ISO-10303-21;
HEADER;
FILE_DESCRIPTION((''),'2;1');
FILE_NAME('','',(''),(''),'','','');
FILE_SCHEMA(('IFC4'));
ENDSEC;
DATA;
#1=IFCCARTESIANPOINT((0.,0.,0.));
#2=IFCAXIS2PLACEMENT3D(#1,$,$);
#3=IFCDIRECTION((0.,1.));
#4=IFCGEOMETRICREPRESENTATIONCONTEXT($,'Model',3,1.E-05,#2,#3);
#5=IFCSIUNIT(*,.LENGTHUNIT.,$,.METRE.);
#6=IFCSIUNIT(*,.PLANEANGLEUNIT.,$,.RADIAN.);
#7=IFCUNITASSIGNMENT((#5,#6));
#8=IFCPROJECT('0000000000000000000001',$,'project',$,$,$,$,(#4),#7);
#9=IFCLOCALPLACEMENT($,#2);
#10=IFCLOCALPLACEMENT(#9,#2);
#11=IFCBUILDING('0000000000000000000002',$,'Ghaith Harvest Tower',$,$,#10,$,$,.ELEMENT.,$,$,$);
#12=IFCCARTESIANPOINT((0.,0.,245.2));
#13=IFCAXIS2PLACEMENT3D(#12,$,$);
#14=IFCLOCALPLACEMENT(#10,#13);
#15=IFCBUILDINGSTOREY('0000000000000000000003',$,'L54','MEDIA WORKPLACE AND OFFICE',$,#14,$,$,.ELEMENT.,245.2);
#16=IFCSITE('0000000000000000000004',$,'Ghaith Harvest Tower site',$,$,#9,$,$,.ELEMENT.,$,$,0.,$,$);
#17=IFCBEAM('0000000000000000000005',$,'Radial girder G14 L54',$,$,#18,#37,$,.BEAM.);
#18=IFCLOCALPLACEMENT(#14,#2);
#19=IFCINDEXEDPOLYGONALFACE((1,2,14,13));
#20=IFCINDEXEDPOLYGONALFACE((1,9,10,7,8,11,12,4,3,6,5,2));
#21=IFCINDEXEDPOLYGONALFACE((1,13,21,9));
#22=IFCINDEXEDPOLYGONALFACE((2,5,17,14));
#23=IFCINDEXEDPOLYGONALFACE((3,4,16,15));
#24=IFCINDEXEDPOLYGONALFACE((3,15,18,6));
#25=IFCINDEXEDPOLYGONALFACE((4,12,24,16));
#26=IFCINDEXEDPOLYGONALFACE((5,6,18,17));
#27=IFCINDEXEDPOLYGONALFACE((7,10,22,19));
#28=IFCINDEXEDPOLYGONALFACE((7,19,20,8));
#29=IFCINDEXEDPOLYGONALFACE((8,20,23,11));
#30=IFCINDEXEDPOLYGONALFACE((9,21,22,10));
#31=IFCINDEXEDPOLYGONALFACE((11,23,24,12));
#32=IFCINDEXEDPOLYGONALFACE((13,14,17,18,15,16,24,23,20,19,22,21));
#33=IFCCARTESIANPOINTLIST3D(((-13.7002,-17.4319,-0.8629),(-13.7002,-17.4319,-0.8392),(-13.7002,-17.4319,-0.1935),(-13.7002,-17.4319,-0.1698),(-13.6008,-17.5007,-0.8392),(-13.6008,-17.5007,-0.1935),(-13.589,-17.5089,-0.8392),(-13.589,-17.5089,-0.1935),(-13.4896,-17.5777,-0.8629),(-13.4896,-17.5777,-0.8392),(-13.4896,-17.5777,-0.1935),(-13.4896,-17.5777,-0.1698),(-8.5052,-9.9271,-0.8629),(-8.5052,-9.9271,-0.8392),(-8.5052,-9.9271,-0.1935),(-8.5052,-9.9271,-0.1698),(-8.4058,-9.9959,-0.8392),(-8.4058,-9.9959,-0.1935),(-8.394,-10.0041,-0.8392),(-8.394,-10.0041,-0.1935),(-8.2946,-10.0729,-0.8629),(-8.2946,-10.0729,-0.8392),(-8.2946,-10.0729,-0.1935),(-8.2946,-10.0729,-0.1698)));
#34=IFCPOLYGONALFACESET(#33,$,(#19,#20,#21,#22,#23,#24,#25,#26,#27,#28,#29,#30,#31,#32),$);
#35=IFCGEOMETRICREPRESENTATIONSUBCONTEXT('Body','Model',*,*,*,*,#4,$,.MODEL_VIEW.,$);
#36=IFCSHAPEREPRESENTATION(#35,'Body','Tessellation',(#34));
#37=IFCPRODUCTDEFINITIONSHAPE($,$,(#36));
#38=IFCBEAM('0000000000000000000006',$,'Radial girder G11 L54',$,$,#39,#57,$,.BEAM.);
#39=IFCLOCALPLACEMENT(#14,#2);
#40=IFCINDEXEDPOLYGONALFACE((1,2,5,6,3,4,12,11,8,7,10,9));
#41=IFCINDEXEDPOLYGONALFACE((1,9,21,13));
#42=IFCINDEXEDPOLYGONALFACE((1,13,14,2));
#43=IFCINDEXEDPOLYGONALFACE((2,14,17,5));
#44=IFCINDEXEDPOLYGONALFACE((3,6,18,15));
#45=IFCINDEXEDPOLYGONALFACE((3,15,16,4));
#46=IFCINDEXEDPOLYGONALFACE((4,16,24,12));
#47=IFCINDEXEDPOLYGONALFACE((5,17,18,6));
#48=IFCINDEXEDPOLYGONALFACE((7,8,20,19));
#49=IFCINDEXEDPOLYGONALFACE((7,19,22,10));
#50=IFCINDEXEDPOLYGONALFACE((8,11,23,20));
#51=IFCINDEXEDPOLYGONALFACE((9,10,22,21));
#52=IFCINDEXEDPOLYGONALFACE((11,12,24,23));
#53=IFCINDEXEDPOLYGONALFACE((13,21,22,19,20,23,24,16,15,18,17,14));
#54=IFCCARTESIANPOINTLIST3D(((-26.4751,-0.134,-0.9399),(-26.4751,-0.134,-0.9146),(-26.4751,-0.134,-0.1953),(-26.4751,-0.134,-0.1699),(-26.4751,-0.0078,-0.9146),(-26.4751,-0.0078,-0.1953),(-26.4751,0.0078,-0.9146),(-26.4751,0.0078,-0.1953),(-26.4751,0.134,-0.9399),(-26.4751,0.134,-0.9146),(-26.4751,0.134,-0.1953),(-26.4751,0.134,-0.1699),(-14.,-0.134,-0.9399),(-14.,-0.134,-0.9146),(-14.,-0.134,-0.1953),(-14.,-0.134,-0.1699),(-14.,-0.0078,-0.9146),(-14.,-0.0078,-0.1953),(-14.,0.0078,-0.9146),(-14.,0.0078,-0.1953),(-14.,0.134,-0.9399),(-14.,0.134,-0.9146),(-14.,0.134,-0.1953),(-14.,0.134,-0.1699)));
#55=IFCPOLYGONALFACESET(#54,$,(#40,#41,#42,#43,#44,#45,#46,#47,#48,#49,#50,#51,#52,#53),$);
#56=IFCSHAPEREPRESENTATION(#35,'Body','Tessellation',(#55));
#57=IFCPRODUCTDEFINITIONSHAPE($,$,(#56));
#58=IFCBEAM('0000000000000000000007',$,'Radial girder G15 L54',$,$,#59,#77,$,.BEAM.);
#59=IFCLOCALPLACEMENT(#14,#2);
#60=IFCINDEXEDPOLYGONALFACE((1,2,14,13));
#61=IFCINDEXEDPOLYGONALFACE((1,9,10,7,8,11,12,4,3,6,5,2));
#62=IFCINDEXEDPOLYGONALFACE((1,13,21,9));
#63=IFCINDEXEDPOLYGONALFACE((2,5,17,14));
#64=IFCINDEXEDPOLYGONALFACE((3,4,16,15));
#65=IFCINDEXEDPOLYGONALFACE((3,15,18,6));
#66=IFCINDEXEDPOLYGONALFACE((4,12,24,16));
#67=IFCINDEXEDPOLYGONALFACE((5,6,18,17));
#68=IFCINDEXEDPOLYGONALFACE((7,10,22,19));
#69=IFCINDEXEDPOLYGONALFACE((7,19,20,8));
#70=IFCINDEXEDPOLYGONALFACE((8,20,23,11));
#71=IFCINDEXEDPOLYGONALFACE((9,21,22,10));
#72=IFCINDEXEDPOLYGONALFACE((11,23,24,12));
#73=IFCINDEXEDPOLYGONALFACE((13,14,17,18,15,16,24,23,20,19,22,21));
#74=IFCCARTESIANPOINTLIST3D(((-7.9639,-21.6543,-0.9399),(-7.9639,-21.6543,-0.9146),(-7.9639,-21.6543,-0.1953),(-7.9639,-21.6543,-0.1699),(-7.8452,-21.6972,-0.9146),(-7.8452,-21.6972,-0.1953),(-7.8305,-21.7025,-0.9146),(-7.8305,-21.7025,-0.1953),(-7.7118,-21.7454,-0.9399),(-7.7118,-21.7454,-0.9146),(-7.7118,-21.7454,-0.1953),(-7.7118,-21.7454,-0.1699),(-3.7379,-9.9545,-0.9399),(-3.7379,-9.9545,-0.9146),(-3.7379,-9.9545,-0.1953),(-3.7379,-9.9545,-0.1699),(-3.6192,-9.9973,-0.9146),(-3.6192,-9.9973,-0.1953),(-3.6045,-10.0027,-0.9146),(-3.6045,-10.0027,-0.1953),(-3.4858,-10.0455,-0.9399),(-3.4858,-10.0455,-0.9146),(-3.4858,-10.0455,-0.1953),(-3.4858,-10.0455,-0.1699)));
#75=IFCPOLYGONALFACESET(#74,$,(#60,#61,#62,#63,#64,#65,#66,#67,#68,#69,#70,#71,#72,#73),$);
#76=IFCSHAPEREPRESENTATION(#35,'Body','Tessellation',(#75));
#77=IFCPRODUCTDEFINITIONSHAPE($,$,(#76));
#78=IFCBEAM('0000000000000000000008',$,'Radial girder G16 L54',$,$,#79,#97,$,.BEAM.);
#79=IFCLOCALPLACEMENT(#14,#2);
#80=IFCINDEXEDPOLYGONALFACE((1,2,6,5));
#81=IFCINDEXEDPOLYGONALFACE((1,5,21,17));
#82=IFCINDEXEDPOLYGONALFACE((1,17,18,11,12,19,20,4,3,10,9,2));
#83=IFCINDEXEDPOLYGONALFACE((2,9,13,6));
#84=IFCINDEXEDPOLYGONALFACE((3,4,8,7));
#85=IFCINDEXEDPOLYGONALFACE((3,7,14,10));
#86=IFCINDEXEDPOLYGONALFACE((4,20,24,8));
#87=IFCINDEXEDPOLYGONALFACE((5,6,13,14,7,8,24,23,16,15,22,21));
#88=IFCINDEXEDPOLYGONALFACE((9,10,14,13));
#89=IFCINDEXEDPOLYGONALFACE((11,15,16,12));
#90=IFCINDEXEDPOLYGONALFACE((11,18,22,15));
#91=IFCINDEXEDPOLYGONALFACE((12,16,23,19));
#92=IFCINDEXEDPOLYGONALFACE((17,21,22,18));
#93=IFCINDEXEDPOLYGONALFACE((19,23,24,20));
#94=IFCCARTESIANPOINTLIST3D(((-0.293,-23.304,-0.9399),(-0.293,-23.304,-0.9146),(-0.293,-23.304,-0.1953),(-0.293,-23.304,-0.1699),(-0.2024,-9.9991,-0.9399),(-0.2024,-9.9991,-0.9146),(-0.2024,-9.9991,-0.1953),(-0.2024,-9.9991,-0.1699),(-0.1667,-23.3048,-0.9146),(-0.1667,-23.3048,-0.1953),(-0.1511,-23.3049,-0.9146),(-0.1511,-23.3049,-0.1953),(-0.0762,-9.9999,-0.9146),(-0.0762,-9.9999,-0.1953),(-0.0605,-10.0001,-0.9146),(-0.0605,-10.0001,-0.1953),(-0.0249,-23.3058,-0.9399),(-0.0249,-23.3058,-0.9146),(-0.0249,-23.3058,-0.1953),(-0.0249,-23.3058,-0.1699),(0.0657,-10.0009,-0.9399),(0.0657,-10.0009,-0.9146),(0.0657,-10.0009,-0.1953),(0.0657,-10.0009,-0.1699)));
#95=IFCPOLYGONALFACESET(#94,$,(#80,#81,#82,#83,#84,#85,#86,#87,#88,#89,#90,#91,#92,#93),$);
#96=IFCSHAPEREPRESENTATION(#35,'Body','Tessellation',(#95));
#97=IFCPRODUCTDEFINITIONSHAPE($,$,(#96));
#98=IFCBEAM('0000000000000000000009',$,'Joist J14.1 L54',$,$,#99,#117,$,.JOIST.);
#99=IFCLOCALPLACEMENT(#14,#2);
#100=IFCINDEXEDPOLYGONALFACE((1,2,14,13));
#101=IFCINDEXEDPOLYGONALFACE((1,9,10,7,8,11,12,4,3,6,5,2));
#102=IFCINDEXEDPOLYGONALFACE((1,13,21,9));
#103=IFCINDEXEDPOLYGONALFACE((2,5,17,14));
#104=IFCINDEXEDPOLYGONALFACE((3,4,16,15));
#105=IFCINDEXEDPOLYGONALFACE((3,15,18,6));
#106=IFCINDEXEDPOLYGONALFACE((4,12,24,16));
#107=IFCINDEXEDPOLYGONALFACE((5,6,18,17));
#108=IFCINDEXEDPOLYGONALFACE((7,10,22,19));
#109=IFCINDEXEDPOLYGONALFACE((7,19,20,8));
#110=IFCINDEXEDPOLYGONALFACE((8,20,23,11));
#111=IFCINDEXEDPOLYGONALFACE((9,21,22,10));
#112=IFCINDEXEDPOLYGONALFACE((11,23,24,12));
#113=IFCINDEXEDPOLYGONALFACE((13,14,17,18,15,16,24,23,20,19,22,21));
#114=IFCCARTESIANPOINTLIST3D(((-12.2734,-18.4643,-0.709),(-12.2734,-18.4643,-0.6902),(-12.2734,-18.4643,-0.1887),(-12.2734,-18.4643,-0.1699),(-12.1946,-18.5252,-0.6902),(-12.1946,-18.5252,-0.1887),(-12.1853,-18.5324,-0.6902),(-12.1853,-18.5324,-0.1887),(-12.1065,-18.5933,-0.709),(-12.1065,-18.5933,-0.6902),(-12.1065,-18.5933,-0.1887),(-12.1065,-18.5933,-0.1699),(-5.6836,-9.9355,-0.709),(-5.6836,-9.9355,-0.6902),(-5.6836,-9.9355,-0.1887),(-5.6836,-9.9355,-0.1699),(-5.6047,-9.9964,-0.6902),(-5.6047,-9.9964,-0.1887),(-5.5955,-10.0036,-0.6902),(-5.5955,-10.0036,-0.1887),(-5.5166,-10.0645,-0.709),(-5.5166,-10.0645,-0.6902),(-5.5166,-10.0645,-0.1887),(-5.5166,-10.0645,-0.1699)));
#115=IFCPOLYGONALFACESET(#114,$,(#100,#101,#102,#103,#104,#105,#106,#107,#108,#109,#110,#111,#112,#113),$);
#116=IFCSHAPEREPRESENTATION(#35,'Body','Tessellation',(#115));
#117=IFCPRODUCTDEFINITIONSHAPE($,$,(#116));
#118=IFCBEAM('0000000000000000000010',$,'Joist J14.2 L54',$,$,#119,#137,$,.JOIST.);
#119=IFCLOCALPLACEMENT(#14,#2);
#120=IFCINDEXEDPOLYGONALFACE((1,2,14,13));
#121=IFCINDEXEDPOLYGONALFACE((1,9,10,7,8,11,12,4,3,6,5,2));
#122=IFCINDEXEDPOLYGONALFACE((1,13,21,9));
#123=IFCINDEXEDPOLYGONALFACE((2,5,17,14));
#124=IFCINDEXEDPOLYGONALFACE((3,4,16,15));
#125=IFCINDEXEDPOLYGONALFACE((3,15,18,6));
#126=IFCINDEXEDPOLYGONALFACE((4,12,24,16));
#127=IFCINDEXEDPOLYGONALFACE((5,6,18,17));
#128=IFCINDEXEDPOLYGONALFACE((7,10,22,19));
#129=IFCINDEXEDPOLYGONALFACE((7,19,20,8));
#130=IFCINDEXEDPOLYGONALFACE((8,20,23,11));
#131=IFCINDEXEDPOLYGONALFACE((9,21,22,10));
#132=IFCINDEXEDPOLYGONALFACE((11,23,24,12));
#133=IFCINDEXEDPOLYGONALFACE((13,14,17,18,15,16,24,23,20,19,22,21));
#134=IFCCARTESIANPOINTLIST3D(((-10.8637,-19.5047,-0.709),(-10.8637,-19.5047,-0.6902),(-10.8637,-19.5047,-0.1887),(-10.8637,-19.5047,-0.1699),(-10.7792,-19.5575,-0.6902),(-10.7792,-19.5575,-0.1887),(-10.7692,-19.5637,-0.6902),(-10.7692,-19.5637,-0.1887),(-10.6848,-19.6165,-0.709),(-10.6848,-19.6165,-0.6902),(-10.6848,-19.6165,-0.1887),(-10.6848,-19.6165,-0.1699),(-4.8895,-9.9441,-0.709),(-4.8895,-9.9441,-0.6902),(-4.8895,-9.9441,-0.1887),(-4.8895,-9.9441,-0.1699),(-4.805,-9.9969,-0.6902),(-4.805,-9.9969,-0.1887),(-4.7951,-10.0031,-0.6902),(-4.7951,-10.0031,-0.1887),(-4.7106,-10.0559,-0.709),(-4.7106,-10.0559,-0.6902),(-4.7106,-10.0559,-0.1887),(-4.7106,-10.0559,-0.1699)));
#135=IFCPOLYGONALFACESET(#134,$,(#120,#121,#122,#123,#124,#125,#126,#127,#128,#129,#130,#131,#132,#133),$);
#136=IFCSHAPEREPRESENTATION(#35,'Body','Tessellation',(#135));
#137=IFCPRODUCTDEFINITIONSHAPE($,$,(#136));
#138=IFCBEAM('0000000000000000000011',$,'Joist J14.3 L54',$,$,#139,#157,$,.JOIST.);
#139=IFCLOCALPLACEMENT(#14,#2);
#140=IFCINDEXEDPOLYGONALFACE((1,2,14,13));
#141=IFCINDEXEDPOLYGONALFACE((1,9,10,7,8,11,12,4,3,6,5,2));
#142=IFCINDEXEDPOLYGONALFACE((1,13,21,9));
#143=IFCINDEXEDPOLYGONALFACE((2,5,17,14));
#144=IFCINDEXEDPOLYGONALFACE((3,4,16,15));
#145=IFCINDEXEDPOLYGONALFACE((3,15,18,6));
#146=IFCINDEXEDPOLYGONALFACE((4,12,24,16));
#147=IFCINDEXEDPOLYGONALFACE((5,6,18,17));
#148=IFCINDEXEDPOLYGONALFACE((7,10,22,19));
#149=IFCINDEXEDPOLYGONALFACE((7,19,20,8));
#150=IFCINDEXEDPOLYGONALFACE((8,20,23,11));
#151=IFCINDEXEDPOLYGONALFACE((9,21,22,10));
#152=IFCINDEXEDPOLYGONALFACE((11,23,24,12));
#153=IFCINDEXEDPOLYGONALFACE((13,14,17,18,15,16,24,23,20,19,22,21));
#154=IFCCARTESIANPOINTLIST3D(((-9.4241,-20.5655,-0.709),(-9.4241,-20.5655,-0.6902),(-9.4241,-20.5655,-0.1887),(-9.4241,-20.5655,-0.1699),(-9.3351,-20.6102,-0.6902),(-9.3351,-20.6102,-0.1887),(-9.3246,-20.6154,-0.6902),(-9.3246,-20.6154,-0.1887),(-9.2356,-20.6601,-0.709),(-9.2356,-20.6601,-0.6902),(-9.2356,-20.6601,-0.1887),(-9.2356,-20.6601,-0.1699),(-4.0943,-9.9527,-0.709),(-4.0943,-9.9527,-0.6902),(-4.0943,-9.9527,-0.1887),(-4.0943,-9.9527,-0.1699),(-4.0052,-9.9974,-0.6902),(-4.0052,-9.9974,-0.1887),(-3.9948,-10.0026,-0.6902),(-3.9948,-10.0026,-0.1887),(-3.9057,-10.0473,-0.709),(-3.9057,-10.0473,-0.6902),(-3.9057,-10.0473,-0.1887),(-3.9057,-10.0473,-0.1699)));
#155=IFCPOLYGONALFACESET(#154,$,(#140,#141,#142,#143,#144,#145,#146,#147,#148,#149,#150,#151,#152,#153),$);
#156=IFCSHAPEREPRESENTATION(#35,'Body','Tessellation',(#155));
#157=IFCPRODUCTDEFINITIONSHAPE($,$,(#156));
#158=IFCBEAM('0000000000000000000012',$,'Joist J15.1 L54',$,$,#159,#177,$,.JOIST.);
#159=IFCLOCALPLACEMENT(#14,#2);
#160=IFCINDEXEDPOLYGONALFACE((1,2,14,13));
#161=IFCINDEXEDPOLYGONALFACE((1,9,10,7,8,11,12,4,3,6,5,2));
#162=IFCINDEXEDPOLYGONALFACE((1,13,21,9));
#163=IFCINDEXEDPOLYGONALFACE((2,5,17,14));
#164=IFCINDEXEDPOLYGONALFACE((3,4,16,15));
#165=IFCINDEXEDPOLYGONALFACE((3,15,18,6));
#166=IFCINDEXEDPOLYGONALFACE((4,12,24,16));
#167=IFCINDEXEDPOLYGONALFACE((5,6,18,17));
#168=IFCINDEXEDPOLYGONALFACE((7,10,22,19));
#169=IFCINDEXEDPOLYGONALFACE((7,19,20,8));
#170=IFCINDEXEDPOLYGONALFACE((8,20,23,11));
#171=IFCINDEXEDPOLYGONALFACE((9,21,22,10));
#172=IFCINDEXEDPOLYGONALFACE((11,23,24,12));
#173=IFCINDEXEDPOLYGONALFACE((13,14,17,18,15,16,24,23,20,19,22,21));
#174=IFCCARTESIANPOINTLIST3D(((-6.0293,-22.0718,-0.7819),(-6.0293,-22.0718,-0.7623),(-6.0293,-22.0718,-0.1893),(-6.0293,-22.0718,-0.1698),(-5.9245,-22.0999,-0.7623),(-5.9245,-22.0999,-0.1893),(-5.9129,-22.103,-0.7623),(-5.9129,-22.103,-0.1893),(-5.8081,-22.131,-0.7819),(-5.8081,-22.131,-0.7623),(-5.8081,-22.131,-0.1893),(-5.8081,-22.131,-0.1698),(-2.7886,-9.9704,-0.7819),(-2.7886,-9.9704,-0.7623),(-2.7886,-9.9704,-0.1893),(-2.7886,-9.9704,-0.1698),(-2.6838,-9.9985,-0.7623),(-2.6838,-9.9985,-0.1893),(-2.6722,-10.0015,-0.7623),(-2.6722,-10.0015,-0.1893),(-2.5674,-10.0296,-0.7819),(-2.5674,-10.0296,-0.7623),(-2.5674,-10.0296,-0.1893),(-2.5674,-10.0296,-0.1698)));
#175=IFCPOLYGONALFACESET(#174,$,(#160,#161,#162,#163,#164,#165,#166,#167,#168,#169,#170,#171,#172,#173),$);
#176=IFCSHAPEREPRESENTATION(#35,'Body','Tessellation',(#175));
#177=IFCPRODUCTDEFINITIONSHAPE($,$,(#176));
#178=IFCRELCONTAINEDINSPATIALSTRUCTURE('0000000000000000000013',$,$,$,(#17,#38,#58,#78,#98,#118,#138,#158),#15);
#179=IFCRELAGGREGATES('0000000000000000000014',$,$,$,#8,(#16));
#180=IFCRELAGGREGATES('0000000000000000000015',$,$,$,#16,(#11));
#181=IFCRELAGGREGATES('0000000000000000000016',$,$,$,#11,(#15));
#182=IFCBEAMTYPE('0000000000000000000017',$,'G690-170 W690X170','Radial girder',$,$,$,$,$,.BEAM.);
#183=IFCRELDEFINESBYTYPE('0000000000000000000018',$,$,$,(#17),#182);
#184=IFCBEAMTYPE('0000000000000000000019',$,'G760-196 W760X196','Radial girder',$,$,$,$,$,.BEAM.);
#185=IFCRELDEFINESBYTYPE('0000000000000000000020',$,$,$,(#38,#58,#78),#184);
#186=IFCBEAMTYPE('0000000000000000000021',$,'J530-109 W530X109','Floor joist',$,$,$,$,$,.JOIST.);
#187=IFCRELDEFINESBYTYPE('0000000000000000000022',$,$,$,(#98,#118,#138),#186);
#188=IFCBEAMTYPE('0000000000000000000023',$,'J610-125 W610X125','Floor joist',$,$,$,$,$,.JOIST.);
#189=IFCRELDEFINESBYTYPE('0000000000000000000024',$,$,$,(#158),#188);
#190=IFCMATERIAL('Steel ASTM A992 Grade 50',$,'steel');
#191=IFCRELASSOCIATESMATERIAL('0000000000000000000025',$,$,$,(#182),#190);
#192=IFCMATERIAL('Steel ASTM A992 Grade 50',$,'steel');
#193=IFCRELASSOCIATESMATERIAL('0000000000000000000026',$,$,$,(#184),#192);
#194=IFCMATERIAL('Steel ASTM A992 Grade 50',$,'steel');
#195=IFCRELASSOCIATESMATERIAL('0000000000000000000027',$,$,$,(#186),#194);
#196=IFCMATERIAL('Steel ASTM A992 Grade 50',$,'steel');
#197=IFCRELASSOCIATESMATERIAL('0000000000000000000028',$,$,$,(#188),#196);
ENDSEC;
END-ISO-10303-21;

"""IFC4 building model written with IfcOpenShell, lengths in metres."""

from ifc_helpers import new_model, si_unit, direction, frame, origin, origin_2d, place, context, subcontext, project, spatial, i_section, extrude, material, material_profile, profile_set, type_object, element, save


model = new_model("IFC4")

# Units and contexts
model_context = context("Model", 3, precision=1e-05, world=origin(), true_north=direction((0.0, 1.0)))
body_context = subcontext(model_context, "Body", "Model", "MODEL_VIEW")
ifc_project = project(units=[si_unit("LENGTHUNIT", "METRE"), si_unit("PLANEANGLEUNIT", "RADIAN")], contexts=[model_context])

# Site, building, storey
site_placement = place(None, origin())
site = spatial("IfcSite", under=ifc_project, at=site_placement, Name="Ghaith Harvest Tower site", CompositionType="ELEMENT", RefElevation=0.0)
building_placement = place(site_placement, origin())
building = spatial("IfcBuilding", under=site, at=building_placement, Name="Ghaith Harvest Tower", CompositionType="ELEMENT")
storey_placement = place(building_placement, frame((0.0, 0.0, 245.2)))
storey = spatial("IfcBuildingStorey", under=building, at=storey_placement, Name="L54", Description="MEDIA WORKPLACE AND OFFICE", CompositionType="ELEMENT", Elevation=245.2)

# Beams
ifc_material_1 = material(Name="Steel ASTM A992 Grade 50", Category="steel")
ifc_material_profile_1 = material_profile(ifc_material_1, i_section(OverallWidth=0.2561, OverallDepth=0.6931, WebThickness=0.0144, FlangeThickness=0.0237, at=origin_2d()), Name="W690X170")
ifc_profile_set_1 = profile_set([ifc_material_profile_1], Name="Steel ASTM A992 Grade 50")
beam_type_1 = type_object("IfcBeamType", Name="G690-170 W690X170", Description="Radial girder", PredefinedType="BEAM", material=ifc_profile_set_1)
beam_1_placement = place(storey_placement, frame((-8.3999, -10.0, -0.5164), z_axis=(-0.569164, -0.822224, 0.0), x_axis=(0.822224, -0.569164, 0.0)))
element("IfcBeam", 1, at=beam_1_placement, inside=storey, type_object=beam_type_1, Name="Radial girder G14 L54", PredefinedType="BEAM", context=body_context, shape_type="SweptSolid", body=[
    extrude(i_section(OverallWidth=0.2561, OverallDepth=0.6931, WebThickness=0.0144, FlangeThickness=0.0237, at=origin_2d()), origin(), (0.0, 0.0, 1.0), 9.1274),
])
ifc_material_2 = material(Name="Steel ASTM A992 Grade 50", Category="steel")
ifc_material_profile_2 = material_profile(ifc_material_2, i_section(OverallWidth=0.2681, OverallDepth=0.77, WebThickness=0.0156, FlangeThickness=0.0254, at=origin_2d()), Name="W760X196")
ifc_profile_set_2 = profile_set([ifc_material_profile_2], Name="Steel ASTM A992 Grade 50")
beam_type_2 = type_object("IfcBeamType", Name="G760-196 W760X196", Description="Radial girder", PredefinedType="BEAM", material=ifc_profile_set_2)
beam_2_placement = place(storey_placement, frame((-14.0, 0.0, -0.5549), z_axis=(-1.0, 0.0, 0.0), x_axis=(0.0, -1.0, 0.0)))
element("IfcBeam", 2, at=beam_2_placement, inside=storey, type_object=beam_type_2, Name="Radial girder G11 L54", PredefinedType="BEAM", context=body_context, shape_type="SweptSolid", body=[
    extrude(i_section(OverallWidth=0.2681, OverallDepth=0.77, WebThickness=0.0156, FlangeThickness=0.0254, at=origin_2d()), origin(), (0.0, 0.0, 1.0), 12.4751),
])
beam_3_placement = place(storey_placement, frame((-3.6118, -10.0, -0.5549), z_axis=(-0.339722, -0.940526, 0.0), x_axis=(0.940526, -0.339722, 0.0)))
element("IfcBeam", 3, at=beam_3_placement, inside=storey, type_object=beam_type_2, Name="Radial girder G15 L54", PredefinedType="BEAM", context=body_context, shape_type="SweptSolid", body=[
    extrude(i_section(OverallWidth=0.2681, OverallDepth=0.77, WebThickness=0.0156, FlangeThickness=0.0254, at=origin_2d()), origin(), (0.0, 0.0, 1.0), 12.4397),
])
beam_4_placement = place(storey_placement, frame((-0.0684, -10.0, -0.5549), z_axis=(-0.006808, -0.999977, 0.0), x_axis=(0.999977, -0.006808, 0.0)))
element("IfcBeam", 4, at=beam_4_placement, inside=storey, type_object=beam_type_2, Name="Radial girder G16 L54", PredefinedType="BEAM", context=body_context, shape_type="SweptSolid", body=[
    extrude(i_section(OverallWidth=0.2681, OverallDepth=0.77, WebThickness=0.0156, FlangeThickness=0.0254, at=origin_2d()), origin(), (0.0, 0.0, 1.0), 13.3052),
])
ifc_material_3 = material(Name="Steel ASTM A992 Grade 50", Category="steel")
ifc_material_profile_3 = material_profile(ifc_material_3, i_section(OverallWidth=0.2109, OverallDepth=0.5391, WebThickness=0.0117, FlangeThickness=0.0188, at=origin_2d()), Name="W530X109")
ifc_profile_set_3 = profile_set([ifc_material_profile_3], Name="Steel ASTM A992 Grade 50")
beam_type_3 = type_object("IfcBeamType", Name="J530-109 W530X109", Description="Floor joist", PredefinedType="JOIST", material=ifc_profile_set_3)
beam_5_placement = place(storey_placement, frame((-5.6001, -10.0, -0.4395), z_axis=(-0.611413, -0.791312, 0.0), x_axis=(0.791312, -0.611413, 0.0)))
element("IfcBeam", 5, at=beam_5_placement, inside=storey, type_object=beam_type_3, Name="Joist J14.1 L54", PredefinedType="JOIST", context=body_context, shape_type="SweptSolid", body=[
    extrude(i_section(OverallWidth=0.2109, OverallDepth=0.5391, WebThickness=0.0117, FlangeThickness=0.0188, at=origin_2d()), origin(), (0.0, 0.0, 1.0), 10.7781),
])
beam_6_placement = place(storey_placement, frame((-4.8, -10.0, -0.4395), z_axis=(-0.529921, -0.848047, 0.0), x_axis=(0.848047, -0.529921, 0.0)))
element("IfcBeam", 6, at=beam_6_placement, inside=storey, type_object=beam_type_3, Name="Joist J14.2 L54", PredefinedType="JOIST", context=body_context, shape_type="SweptSolid", body=[
    extrude(i_section(OverallWidth=0.2109, OverallDepth=0.5391, WebThickness=0.0117, FlangeThickness=0.0188, at=origin_2d()), origin(), (0.0, 0.0, 1.0), 11.2737),
])
beam_7_placement = place(storey_placement, frame((-4.0, -10.0, -0.4395), z_axis=(-0.448792, -0.893636, 0.0), x_axis=(0.893636, -0.448792, 0.0)))
element("IfcBeam", 7, at=beam_7_placement, inside=storey, type_object=beam_type_3, Name="Joist J14.3 L54", PredefinedType="JOIST", context=body_context, shape_type="SweptSolid", body=[
    extrude(i_section(OverallWidth=0.2109, OverallDepth=0.5391, WebThickness=0.0117, FlangeThickness=0.0188, at=origin_2d()), origin(), (0.0, 0.0, 1.0), 11.876),
])
ifc_material_4 = material(Name="Steel ASTM A992 Grade 50", Category="steel")
ifc_material_profile_4 = material_profile(ifc_material_4, i_section(OverallWidth=0.229, OverallDepth=0.6121, WebThickness=0.012, FlangeThickness=0.0195, at=origin_2d()), Name="W610X125")
ifc_profile_set_4 = profile_set([ifc_material_profile_4], Name="Steel ASTM A992 Grade 50")
beam_type_4 = type_object("IfcBeamType", Name="J610-125 W610X125", Description="Floor joist", PredefinedType="JOIST", material=ifc_profile_set_4)
beam_8_placement = place(storey_placement, frame((-2.678, -10.0, -0.4758), z_axis=(-0.258684, -0.965962, 0.0), x_axis=(0.965962, -0.258684, 0.0)))
element("IfcBeam", 8, at=beam_8_placement, inside=storey, type_object=beam_type_4, Name="Joist J15.1 L54", PredefinedType="JOIST", context=body_context, shape_type="SweptSolid", body=[
    extrude(i_section(OverallWidth=0.229, OverallDepth=0.6121, WebThickness=0.012, FlangeThickness=0.0195, at=origin_2d()), origin(), (0.0, 0.0, 1.0), 12.5278),
])

save(model, "model.ifc")
